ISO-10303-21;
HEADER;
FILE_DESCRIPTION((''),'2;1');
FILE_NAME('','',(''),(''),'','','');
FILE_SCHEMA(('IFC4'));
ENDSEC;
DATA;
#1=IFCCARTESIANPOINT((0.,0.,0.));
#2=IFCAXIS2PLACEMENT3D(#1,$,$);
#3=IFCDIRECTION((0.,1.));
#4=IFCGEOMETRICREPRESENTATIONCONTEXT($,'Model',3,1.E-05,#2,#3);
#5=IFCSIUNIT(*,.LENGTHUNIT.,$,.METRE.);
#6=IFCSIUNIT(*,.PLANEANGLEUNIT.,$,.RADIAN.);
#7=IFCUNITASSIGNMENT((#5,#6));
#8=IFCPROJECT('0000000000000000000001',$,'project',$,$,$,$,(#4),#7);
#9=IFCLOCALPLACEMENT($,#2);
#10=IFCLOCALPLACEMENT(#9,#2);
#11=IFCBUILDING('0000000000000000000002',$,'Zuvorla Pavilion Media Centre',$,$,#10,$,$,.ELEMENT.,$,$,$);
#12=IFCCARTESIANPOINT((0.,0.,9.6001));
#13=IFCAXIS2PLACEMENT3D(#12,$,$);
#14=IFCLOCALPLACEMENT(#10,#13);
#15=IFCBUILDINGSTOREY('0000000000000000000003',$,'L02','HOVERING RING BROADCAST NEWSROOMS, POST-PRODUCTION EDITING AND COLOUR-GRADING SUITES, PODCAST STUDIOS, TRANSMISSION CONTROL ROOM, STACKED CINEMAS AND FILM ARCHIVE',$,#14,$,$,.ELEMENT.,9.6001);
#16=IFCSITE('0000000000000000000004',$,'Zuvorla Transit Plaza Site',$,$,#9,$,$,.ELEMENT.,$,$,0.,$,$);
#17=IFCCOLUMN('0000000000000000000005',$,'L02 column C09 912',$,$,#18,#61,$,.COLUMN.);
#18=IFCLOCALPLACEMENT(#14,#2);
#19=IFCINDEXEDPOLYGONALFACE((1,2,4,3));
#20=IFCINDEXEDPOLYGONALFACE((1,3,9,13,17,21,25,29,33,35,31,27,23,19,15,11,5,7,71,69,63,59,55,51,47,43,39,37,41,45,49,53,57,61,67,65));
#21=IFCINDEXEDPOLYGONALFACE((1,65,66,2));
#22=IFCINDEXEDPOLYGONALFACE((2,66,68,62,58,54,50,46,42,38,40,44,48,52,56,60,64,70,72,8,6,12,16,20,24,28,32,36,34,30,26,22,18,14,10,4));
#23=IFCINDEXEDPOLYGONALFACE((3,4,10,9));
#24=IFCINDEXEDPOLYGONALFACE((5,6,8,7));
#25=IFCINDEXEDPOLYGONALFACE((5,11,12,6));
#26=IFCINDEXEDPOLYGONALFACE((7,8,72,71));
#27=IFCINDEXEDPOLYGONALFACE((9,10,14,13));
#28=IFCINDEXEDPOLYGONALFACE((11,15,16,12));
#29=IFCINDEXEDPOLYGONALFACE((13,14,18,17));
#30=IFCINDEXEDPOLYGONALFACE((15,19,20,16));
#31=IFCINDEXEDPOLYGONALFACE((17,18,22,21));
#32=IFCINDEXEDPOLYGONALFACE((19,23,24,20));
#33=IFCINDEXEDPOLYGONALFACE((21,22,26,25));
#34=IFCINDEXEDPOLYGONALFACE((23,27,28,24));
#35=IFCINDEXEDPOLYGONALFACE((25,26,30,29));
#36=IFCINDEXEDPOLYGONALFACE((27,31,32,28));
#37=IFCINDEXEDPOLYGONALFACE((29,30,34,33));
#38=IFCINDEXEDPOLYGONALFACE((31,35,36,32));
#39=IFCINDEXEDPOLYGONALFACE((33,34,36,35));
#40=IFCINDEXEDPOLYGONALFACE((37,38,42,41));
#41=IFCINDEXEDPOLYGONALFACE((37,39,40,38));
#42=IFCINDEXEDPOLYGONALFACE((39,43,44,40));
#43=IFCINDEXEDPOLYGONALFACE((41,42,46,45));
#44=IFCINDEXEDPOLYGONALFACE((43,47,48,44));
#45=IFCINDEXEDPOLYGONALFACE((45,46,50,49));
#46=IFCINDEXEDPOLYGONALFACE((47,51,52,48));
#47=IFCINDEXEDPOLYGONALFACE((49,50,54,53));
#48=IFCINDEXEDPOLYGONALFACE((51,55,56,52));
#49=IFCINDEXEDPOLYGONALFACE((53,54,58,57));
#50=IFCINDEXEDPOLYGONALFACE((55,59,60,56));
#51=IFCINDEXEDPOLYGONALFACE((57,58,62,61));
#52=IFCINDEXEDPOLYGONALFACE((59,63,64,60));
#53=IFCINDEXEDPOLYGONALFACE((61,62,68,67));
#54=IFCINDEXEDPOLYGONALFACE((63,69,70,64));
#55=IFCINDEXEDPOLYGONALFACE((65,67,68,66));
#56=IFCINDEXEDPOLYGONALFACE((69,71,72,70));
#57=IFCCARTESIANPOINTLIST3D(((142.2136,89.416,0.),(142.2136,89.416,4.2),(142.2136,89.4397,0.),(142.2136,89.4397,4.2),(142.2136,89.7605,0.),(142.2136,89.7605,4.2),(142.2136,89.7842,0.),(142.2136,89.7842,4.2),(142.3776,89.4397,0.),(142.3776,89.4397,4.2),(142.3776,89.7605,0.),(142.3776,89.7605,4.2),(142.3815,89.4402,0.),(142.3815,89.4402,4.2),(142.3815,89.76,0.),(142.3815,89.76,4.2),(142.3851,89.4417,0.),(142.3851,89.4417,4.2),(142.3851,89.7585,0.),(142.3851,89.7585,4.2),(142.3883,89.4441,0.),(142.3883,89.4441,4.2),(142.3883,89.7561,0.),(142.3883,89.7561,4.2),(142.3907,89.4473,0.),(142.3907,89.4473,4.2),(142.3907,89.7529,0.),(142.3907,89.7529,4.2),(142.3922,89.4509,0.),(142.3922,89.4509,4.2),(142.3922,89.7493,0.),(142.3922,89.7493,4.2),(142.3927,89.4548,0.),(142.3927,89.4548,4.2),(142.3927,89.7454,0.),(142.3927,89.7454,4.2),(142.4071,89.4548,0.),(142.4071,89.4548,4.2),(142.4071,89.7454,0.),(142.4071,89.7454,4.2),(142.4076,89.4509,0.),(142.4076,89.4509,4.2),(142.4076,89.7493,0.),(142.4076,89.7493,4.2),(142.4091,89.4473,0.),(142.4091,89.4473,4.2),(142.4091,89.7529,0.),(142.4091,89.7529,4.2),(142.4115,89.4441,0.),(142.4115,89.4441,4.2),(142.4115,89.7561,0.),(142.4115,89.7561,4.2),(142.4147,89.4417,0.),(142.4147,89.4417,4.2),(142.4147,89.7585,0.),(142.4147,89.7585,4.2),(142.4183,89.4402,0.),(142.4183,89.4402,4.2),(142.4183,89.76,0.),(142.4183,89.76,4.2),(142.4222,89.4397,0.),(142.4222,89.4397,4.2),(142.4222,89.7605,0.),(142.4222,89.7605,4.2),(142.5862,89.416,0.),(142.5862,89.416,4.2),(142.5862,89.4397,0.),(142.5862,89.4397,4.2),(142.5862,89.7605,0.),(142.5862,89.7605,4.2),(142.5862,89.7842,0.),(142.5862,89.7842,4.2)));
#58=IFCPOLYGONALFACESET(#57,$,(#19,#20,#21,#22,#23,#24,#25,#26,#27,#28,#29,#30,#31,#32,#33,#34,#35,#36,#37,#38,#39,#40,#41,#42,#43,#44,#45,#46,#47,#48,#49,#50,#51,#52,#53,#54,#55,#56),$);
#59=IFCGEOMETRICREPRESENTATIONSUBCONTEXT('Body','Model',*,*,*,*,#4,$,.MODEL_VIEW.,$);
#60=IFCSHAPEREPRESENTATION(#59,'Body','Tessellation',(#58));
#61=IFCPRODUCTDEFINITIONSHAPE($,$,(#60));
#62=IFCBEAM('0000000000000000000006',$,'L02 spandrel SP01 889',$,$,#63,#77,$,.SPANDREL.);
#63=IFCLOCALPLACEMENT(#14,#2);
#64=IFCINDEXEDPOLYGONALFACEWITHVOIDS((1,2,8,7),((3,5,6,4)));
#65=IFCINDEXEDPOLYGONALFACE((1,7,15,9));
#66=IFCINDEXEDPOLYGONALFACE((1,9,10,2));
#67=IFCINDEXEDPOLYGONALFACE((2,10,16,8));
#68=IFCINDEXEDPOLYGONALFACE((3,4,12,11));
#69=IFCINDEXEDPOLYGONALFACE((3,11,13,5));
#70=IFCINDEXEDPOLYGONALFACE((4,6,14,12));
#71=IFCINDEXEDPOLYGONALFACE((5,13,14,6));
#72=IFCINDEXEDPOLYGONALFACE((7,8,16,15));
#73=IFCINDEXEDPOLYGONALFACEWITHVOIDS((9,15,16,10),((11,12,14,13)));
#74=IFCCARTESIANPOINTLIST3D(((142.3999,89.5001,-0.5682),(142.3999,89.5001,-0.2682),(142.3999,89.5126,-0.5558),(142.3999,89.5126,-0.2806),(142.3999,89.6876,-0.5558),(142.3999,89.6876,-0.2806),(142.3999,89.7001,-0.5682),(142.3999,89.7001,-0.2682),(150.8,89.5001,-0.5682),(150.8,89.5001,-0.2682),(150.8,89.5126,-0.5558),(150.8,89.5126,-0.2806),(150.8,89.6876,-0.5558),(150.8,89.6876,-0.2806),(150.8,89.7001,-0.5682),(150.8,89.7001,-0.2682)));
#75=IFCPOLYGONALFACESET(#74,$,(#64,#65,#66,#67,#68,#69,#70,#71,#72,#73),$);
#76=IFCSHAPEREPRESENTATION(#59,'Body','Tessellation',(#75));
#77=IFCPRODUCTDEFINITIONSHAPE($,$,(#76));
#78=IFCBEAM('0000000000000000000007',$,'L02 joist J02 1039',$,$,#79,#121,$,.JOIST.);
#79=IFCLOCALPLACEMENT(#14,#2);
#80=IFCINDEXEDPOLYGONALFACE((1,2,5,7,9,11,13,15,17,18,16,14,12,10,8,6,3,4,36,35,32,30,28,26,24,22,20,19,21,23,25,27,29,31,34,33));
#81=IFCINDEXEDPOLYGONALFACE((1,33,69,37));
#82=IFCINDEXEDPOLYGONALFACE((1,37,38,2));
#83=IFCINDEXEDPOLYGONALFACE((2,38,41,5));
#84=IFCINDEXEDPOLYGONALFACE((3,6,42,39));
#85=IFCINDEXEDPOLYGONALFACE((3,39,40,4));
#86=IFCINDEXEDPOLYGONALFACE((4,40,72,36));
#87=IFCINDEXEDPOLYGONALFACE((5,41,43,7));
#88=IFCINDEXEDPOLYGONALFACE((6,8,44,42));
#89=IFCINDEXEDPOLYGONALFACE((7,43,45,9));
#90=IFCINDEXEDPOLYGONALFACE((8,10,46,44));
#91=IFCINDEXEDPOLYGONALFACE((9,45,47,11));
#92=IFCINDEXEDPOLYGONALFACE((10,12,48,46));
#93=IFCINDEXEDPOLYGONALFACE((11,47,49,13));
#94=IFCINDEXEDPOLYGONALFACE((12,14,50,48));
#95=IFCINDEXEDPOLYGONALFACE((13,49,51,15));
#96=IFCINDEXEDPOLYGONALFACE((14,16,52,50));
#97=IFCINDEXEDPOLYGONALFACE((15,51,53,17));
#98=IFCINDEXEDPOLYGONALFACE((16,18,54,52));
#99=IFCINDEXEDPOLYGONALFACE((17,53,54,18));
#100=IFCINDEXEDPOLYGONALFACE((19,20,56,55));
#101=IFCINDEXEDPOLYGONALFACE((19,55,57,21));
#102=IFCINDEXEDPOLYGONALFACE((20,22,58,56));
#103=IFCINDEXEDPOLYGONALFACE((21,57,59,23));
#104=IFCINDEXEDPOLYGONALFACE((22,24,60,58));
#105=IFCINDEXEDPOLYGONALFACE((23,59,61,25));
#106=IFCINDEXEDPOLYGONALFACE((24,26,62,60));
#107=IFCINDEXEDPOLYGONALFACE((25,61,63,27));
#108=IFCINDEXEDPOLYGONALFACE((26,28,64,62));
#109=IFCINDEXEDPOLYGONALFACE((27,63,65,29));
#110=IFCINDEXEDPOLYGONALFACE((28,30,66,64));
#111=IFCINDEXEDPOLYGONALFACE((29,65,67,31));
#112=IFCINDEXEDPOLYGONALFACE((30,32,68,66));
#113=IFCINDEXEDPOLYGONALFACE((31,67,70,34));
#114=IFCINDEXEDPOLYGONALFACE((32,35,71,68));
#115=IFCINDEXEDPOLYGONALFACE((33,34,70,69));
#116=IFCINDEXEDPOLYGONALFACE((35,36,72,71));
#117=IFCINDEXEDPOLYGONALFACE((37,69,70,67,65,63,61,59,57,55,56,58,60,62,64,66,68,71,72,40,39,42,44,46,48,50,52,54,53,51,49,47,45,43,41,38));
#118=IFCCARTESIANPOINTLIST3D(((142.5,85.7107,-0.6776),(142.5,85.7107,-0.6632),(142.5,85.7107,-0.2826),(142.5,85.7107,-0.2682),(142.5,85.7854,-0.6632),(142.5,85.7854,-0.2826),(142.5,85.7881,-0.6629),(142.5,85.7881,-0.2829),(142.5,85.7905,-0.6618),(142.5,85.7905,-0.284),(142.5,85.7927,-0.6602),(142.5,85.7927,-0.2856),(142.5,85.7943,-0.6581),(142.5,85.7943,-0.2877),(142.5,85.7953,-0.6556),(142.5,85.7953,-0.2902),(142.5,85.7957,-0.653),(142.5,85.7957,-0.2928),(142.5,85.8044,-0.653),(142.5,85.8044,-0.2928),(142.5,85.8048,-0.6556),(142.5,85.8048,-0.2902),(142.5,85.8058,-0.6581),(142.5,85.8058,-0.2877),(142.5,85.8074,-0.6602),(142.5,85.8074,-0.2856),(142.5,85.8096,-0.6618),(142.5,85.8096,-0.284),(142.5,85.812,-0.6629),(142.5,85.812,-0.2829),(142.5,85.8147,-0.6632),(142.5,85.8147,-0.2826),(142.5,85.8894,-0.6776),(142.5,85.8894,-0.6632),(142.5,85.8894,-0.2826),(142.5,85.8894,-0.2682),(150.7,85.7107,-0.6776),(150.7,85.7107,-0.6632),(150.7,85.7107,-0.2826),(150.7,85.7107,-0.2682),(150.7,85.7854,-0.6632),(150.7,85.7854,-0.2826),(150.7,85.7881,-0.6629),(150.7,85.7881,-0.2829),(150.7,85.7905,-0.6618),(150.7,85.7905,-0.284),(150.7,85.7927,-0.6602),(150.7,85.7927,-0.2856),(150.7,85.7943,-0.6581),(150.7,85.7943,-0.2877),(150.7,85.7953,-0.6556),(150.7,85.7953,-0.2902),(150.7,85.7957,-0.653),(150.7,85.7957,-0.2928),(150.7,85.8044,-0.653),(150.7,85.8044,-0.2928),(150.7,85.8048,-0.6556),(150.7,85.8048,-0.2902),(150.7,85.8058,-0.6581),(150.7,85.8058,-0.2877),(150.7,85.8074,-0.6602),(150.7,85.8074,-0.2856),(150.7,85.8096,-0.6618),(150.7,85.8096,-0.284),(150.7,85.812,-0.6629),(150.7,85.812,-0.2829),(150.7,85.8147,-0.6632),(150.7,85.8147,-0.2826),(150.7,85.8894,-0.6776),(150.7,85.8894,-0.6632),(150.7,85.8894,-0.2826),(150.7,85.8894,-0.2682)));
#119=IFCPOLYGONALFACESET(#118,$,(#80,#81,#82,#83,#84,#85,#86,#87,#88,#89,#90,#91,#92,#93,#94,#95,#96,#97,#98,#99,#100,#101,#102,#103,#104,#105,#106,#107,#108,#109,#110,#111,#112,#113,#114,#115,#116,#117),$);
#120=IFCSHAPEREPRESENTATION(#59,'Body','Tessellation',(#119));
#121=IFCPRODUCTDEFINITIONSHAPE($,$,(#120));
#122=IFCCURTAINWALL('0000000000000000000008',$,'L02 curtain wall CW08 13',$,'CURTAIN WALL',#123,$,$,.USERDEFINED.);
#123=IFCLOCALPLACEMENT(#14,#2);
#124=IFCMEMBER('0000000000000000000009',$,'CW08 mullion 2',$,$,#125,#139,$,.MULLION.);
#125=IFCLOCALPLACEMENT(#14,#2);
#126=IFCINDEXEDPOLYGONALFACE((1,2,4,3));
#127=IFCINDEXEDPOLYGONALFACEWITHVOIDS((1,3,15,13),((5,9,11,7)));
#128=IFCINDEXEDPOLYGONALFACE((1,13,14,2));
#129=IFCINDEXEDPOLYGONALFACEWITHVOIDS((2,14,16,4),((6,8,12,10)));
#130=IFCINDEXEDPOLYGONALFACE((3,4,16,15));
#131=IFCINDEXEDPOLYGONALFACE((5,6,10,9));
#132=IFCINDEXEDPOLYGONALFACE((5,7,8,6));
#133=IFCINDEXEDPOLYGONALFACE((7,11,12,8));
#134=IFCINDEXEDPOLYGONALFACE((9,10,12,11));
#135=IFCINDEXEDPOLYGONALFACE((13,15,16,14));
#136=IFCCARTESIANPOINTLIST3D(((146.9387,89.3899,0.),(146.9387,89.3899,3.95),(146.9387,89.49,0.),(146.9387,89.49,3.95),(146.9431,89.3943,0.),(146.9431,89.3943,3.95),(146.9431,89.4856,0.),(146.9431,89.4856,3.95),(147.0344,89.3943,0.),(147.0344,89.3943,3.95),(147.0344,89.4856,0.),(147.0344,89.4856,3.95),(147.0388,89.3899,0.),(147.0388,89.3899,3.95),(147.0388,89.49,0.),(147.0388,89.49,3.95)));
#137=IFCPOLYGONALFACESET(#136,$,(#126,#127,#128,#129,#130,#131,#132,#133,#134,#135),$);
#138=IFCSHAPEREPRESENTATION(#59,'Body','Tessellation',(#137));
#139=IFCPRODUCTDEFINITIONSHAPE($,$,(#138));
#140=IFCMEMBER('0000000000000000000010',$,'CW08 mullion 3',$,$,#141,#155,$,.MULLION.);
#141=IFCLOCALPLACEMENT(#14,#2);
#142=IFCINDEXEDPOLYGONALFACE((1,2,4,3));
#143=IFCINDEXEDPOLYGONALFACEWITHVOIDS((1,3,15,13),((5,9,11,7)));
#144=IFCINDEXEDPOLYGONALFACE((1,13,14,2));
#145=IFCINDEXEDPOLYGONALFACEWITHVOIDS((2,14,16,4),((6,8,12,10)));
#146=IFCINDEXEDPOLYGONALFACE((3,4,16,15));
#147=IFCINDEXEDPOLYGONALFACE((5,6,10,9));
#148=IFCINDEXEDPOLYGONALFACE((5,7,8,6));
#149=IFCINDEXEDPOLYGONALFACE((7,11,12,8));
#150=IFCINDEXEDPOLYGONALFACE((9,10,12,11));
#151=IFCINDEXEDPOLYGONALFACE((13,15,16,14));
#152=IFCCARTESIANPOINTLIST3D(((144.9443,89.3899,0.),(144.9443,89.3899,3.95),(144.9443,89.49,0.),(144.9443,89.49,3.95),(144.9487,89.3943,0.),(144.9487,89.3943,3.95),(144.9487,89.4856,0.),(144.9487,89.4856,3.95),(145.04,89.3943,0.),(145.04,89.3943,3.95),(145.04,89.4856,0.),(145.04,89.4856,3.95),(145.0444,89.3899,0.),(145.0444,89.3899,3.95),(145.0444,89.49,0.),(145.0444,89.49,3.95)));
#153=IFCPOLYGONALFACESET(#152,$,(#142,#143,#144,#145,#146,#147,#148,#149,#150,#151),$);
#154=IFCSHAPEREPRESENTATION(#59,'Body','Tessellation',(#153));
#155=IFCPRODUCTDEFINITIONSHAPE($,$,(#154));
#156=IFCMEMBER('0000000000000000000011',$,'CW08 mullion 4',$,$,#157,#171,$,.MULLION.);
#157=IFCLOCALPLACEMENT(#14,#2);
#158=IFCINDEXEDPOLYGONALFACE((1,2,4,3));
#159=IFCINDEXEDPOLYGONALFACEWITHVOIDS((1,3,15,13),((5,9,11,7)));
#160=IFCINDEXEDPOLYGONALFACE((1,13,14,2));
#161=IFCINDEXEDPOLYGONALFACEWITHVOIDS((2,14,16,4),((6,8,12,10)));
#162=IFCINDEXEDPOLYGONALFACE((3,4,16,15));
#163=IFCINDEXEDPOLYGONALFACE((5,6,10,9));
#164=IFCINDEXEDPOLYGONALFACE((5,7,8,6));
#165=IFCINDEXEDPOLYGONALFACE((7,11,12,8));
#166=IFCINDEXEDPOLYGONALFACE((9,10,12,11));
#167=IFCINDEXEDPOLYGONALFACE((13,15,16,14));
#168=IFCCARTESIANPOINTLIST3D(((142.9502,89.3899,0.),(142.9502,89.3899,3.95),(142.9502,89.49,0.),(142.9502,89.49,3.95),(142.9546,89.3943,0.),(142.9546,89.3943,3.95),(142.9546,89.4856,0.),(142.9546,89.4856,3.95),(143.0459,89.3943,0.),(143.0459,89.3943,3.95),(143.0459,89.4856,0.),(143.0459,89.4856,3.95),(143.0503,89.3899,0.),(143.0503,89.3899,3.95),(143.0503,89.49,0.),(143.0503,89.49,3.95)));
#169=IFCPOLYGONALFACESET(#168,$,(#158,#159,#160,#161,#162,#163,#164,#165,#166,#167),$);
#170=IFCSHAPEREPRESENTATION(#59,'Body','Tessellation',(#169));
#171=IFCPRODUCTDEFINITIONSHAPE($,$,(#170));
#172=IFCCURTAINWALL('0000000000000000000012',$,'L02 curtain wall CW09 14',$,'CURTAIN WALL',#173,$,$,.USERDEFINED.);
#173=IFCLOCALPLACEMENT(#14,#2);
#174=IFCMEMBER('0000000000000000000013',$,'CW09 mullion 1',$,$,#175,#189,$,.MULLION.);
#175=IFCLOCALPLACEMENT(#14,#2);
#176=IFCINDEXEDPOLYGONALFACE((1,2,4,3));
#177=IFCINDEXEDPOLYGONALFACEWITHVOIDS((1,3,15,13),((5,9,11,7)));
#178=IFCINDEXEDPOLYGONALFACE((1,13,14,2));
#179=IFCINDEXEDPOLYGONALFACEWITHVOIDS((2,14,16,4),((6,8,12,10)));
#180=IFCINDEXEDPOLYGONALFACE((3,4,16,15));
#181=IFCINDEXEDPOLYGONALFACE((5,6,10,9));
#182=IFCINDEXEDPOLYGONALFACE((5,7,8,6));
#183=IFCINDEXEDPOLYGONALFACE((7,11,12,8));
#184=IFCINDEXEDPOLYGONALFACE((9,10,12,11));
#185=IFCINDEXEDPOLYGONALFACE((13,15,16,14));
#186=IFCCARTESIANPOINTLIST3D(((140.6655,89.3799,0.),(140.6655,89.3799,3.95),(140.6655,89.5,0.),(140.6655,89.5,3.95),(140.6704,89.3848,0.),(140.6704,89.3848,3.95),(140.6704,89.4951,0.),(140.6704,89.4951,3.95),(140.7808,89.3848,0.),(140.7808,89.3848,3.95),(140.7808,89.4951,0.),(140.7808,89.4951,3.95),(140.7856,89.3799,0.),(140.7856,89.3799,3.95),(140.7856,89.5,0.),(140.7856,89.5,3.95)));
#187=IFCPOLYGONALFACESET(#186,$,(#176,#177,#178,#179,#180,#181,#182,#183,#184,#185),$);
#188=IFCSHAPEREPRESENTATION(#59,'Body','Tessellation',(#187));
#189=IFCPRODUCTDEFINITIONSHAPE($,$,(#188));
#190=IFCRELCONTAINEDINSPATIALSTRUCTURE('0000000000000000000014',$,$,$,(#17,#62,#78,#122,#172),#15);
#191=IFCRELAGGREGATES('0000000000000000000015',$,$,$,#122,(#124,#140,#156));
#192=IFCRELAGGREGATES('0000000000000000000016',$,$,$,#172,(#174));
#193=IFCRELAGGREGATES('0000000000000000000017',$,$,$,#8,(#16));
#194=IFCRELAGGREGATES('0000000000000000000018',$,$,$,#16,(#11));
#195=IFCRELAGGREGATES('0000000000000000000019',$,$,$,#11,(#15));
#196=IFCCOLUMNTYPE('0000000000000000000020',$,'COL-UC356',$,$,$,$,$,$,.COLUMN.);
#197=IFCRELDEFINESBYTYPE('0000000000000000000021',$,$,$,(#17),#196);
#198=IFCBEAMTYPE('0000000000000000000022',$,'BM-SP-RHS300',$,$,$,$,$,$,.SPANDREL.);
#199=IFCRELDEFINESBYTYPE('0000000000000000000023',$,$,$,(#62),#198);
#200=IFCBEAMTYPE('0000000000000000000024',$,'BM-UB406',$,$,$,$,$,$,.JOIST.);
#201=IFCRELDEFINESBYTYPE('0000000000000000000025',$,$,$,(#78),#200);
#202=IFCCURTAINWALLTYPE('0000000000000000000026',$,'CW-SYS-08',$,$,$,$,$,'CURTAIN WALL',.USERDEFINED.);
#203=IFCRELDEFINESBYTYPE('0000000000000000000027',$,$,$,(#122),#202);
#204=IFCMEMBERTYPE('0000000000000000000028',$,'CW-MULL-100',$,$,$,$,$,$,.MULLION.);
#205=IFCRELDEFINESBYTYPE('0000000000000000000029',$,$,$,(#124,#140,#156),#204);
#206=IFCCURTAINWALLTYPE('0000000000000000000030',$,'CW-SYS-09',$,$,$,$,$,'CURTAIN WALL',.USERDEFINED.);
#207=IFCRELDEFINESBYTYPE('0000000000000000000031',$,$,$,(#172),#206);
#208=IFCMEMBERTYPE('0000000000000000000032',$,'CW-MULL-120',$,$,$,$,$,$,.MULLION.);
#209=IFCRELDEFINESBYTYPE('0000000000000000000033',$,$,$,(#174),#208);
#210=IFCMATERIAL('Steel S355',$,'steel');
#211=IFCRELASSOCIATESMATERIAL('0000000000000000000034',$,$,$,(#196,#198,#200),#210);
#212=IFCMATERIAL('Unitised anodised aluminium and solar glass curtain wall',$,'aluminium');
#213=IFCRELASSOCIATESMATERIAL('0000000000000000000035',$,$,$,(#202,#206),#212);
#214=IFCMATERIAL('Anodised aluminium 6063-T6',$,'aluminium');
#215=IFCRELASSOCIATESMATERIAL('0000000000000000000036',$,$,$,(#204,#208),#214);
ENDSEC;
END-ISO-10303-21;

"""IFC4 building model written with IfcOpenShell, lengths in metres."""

from ifc_helpers import new_model, si_unit, direction, frame, origin, origin_2d, place, context, subcontext, project, spatial, hollow_rectangle, i_section, extrude, material, material_profile, profile_set, type_object, element, aggregate, save


model = new_model("IFC4")

# Units and contexts
model_context = context("Model", 3, precision=1e-05, world=origin(), true_north=direction((0.0, 1.0)))
body_context = subcontext(model_context, "Body", "Model", "MODEL_VIEW")
ifc_project = project(units=[si_unit("LENGTHUNIT", "METRE"), si_unit("PLANEANGLEUNIT", "RADIAN")], contexts=[model_context])

# Site, building, storey
site_placement = place(None, origin())
site = spatial("IfcSite", under=ifc_project, at=site_placement, Name="Zuvorla Transit Plaza Site", CompositionType="ELEMENT", RefElevation=0.0)
building_placement = place(site_placement, origin())
building = spatial("IfcBuilding", under=site, at=building_placement, Name="Zuvorla Pavilion Media Centre", CompositionType="ELEMENT")
storey_placement = place(building_placement, frame((0.0, 0.0, 9.6001)))
storey = spatial("IfcBuildingStorey", under=building, at=storey_placement, Name="L02", Description="HOVERING RING BROADCAST NEWSROOMS, POST-PRODUCTION EDITING AND COLOUR-GRADING SUITES, PODCAST STUDIOS, TRANSMISSION CONTROL ROOM, STACKED CINEMAS AND FILM ARCHIVE", CompositionType="ELEMENT", Elevation=9.6001)

# Column
ifc_material_1 = material(Name="Steel S355", Category="steel")
ifc_material_profile_1 = material_profile(ifc_material_1, i_section(OverallWidth=0.3726, OverallDepth=0.3682, WebThickness=0.0144, FlangeThickness=0.0237, FilletRadius=0.0151, at=origin_2d()), Name="UC 356x368x177")
ifc_profile_set_1 = profile_set([ifc_material_profile_1], Name="Steel S355")
column_type = type_object("IfcColumnType", Name="COL-UC356", PredefinedType="COLUMN", material=ifc_profile_set_1)
column_placement = place(storey_placement, frame((142.3999, 89.6001, 0.0), z_axis=(0.0, 0.0, 1.0), x_axis=(1.0, 0.0, 0.0)))
element("IfcColumn", 1, at=column_placement, inside=storey, type_object=column_type, Name="L02 column C09 912", PredefinedType="COLUMN", context=body_context, shape_type="SweptSolid", body=[
    extrude(i_section(OverallWidth=0.3726, OverallDepth=0.3682, WebThickness=0.0144, FlangeThickness=0.0237, FilletRadius=0.0151, at=origin_2d()), origin(), (0.0, 0.0, 1.0), 4.2),
])

# Beams
ifc_material_profile_2 = material_profile(ifc_material_1, hollow_rectangle(XDim=0.2, YDim=0.3, WallThickness=0.0125, at=origin_2d()), Name="RHS 300x200x12.5")
ifc_profile_set_2 = profile_set([ifc_material_profile_2], Name="Steel S355")
beam_type_1 = type_object("IfcBeamType", Name="BM-SP-RHS300", PredefinedType="SPANDREL", material=ifc_profile_set_2)
beam_1_placement = place(storey_placement, frame((142.3999, 89.6001, -0.4182), z_axis=(1.0, 0.0, 0.0), x_axis=(0.0, 1.0, 0.0)))
element("IfcBeam", 2, at=beam_1_placement, inside=storey, type_object=beam_type_1, Name="L02 spandrel SP01 889", PredefinedType="SPANDREL", context=body_context, shape_type="SweptSolid", body=[
    extrude(hollow_rectangle(XDim=0.2, YDim=0.3, WallThickness=0.0125, at=origin_2d()), origin(), (0.0, 0.0, 1.0), 8.4001),
])
ifc_material_profile_3 = material_profile(ifc_material_1, i_section(OverallWidth=0.1787, OverallDepth=0.4094, WebThickness=0.0088, FlangeThickness=0.0144, FilletRadius=0.0103, at=origin_2d()), Name="UB 406x178x67")
ifc_profile_set_3 = profile_set([ifc_material_profile_3], Name="Steel S355")
beam_type_2 = type_object("IfcBeamType", Name="BM-UB406", PredefinedType="JOIST", material=ifc_profile_set_3)
beam_2_placement = place(storey_placement, frame((142.5, 85.8, -0.4729), z_axis=(1.0, 0.0, 0.0), x_axis=(0.0, 1.0, 0.0)))
element("IfcBeam", 3, at=beam_2_placement, inside=storey, type_object=beam_type_2, Name="L02 joist J02 1039", PredefinedType="JOIST", context=body_context, shape_type="SweptSolid", body=[
    extrude(i_section(OverallWidth=0.1787, OverallDepth=0.4094, WebThickness=0.0088, FlangeThickness=0.0144, FilletRadius=0.0103, at=origin_2d()), origin(), (0.0, 0.0, 1.0), 8.2),
])

# Curtain walls, members
ifc_material_2 = material(Name="Unitised anodised aluminium and solar glass curtain wall", Category="aluminium")
curtain_wall_type_1 = type_object("IfcCurtainWallType", Name="CW-SYS-08", ElementType="CURTAIN WALL", PredefinedType="USERDEFINED", material=ifc_material_2)
curtain_wall_1_placement = place(storey_placement, origin())
curtain_wall_1 = element("IfcCurtainWall", 4, at=curtain_wall_1_placement, inside=storey, type_object=curtain_wall_type_1, Name="L02 curtain wall CW08 13", ObjectType="CURTAIN WALL", PredefinedType="USERDEFINED")
ifc_material_3 = material(Name="Anodised aluminium 6063-T6", Category="aluminium")
ifc_material_profile_4 = material_profile(ifc_material_3, hollow_rectangle(XDim=0.1001, YDim=0.1001, WallThickness=0.0044, at=origin_2d()), Name="ALU MULL 100x100")
ifc_profile_set_4 = profile_set([ifc_material_profile_4], Name="Anodised aluminium 6063-T6")
member_type_1 = type_object("IfcMemberType", Name="CW-MULL-100", PredefinedType="MULLION", material=ifc_profile_set_4)
member_1_placement = place(storey_placement, frame((146.9888, 89.4399, 0.0), z_axis=(0.0, 0.0, 1.0), x_axis=(1.0, 0.0, 0.0)))
member_1 = element("IfcMember", 5, at=member_1_placement, type_object=member_type_1, Name="CW08 mullion 2", PredefinedType="MULLION", context=body_context, shape_type="SweptSolid", body=[
    extrude(hollow_rectangle(XDim=0.1001, YDim=0.1001, WallThickness=0.0044, at=origin_2d()), origin(), (0.0, 0.0, 1.0), 3.95),
])
member_2_placement = place(storey_placement, frame((144.9944, 89.4399, 0.0), z_axis=(0.0, 0.0, 1.0), x_axis=(1.0, 0.0, 0.0)))
member_2 = element("IfcMember", 6, at=member_2_placement, type_object=member_type_1, Name="CW08 mullion 3", PredefinedType="MULLION", context=body_context, shape_type="SweptSolid", body=[
    extrude(hollow_rectangle(XDim=0.1001, YDim=0.1001, WallThickness=0.0044, at=origin_2d()), origin(), (0.0, 0.0, 1.0), 3.95),
])
member_3_placement = place(storey_placement, frame((143.0002, 89.4399, 0.0), z_axis=(0.0, 0.0, 1.0), x_axis=(1.0, 0.0, 0.0)))
member_3 = element("IfcMember", 7, at=member_3_placement, type_object=member_type_1, Name="CW08 mullion 4", PredefinedType="MULLION", context=body_context, shape_type="SweptSolid", body=[
    extrude(hollow_rectangle(XDim=0.1001, YDim=0.1001, WallThickness=0.0044, at=origin_2d()), origin(), (0.0, 0.0, 1.0), 3.95),
])
curtain_wall_type_2 = type_object("IfcCurtainWallType", Name="CW-SYS-09", ElementType="CURTAIN WALL", PredefinedType="USERDEFINED", material=ifc_material_2)
curtain_wall_2_placement = place(storey_placement, origin())
curtain_wall_2 = element("IfcCurtainWall", 8, at=curtain_wall_2_placement, inside=storey, type_object=curtain_wall_type_2, Name="L02 curtain wall CW09 14", ObjectType="CURTAIN WALL", PredefinedType="USERDEFINED")
ifc_material_profile_5 = material_profile(ifc_material_3, hollow_rectangle(XDim=0.1201, YDim=0.1201, WallThickness=0.0049, at=origin_2d()), Name="ALU MULL 120x120")
ifc_profile_set_5 = profile_set([ifc_material_profile_5], Name="Anodised aluminium 6063-T6")
member_type_2 = type_object("IfcMemberType", Name="CW-MULL-120", PredefinedType="MULLION", material=ifc_profile_set_5)
member_4_placement = place(storey_placement, frame((140.7256, 89.4399, 0.0), z_axis=(0.0, 0.0, 1.0), x_axis=(1.0, 0.0, 0.0)))
member_4 = element("IfcMember", 9, at=member_4_placement, type_object=member_type_2, Name="CW09 mullion 1", PredefinedType="MULLION", context=body_context, shape_type="SweptSolid", body=[
    extrude(hollow_rectangle(XDim=0.1201, YDim=0.1201, WallThickness=0.0049, at=origin_2d()), origin(), (0.0, 0.0, 1.0), 3.95),
])

aggregate(curtain_wall_1, [member_1, member_2, member_3])
aggregate(curtain_wall_2, [member_4])

save(model, "model.ifc")
